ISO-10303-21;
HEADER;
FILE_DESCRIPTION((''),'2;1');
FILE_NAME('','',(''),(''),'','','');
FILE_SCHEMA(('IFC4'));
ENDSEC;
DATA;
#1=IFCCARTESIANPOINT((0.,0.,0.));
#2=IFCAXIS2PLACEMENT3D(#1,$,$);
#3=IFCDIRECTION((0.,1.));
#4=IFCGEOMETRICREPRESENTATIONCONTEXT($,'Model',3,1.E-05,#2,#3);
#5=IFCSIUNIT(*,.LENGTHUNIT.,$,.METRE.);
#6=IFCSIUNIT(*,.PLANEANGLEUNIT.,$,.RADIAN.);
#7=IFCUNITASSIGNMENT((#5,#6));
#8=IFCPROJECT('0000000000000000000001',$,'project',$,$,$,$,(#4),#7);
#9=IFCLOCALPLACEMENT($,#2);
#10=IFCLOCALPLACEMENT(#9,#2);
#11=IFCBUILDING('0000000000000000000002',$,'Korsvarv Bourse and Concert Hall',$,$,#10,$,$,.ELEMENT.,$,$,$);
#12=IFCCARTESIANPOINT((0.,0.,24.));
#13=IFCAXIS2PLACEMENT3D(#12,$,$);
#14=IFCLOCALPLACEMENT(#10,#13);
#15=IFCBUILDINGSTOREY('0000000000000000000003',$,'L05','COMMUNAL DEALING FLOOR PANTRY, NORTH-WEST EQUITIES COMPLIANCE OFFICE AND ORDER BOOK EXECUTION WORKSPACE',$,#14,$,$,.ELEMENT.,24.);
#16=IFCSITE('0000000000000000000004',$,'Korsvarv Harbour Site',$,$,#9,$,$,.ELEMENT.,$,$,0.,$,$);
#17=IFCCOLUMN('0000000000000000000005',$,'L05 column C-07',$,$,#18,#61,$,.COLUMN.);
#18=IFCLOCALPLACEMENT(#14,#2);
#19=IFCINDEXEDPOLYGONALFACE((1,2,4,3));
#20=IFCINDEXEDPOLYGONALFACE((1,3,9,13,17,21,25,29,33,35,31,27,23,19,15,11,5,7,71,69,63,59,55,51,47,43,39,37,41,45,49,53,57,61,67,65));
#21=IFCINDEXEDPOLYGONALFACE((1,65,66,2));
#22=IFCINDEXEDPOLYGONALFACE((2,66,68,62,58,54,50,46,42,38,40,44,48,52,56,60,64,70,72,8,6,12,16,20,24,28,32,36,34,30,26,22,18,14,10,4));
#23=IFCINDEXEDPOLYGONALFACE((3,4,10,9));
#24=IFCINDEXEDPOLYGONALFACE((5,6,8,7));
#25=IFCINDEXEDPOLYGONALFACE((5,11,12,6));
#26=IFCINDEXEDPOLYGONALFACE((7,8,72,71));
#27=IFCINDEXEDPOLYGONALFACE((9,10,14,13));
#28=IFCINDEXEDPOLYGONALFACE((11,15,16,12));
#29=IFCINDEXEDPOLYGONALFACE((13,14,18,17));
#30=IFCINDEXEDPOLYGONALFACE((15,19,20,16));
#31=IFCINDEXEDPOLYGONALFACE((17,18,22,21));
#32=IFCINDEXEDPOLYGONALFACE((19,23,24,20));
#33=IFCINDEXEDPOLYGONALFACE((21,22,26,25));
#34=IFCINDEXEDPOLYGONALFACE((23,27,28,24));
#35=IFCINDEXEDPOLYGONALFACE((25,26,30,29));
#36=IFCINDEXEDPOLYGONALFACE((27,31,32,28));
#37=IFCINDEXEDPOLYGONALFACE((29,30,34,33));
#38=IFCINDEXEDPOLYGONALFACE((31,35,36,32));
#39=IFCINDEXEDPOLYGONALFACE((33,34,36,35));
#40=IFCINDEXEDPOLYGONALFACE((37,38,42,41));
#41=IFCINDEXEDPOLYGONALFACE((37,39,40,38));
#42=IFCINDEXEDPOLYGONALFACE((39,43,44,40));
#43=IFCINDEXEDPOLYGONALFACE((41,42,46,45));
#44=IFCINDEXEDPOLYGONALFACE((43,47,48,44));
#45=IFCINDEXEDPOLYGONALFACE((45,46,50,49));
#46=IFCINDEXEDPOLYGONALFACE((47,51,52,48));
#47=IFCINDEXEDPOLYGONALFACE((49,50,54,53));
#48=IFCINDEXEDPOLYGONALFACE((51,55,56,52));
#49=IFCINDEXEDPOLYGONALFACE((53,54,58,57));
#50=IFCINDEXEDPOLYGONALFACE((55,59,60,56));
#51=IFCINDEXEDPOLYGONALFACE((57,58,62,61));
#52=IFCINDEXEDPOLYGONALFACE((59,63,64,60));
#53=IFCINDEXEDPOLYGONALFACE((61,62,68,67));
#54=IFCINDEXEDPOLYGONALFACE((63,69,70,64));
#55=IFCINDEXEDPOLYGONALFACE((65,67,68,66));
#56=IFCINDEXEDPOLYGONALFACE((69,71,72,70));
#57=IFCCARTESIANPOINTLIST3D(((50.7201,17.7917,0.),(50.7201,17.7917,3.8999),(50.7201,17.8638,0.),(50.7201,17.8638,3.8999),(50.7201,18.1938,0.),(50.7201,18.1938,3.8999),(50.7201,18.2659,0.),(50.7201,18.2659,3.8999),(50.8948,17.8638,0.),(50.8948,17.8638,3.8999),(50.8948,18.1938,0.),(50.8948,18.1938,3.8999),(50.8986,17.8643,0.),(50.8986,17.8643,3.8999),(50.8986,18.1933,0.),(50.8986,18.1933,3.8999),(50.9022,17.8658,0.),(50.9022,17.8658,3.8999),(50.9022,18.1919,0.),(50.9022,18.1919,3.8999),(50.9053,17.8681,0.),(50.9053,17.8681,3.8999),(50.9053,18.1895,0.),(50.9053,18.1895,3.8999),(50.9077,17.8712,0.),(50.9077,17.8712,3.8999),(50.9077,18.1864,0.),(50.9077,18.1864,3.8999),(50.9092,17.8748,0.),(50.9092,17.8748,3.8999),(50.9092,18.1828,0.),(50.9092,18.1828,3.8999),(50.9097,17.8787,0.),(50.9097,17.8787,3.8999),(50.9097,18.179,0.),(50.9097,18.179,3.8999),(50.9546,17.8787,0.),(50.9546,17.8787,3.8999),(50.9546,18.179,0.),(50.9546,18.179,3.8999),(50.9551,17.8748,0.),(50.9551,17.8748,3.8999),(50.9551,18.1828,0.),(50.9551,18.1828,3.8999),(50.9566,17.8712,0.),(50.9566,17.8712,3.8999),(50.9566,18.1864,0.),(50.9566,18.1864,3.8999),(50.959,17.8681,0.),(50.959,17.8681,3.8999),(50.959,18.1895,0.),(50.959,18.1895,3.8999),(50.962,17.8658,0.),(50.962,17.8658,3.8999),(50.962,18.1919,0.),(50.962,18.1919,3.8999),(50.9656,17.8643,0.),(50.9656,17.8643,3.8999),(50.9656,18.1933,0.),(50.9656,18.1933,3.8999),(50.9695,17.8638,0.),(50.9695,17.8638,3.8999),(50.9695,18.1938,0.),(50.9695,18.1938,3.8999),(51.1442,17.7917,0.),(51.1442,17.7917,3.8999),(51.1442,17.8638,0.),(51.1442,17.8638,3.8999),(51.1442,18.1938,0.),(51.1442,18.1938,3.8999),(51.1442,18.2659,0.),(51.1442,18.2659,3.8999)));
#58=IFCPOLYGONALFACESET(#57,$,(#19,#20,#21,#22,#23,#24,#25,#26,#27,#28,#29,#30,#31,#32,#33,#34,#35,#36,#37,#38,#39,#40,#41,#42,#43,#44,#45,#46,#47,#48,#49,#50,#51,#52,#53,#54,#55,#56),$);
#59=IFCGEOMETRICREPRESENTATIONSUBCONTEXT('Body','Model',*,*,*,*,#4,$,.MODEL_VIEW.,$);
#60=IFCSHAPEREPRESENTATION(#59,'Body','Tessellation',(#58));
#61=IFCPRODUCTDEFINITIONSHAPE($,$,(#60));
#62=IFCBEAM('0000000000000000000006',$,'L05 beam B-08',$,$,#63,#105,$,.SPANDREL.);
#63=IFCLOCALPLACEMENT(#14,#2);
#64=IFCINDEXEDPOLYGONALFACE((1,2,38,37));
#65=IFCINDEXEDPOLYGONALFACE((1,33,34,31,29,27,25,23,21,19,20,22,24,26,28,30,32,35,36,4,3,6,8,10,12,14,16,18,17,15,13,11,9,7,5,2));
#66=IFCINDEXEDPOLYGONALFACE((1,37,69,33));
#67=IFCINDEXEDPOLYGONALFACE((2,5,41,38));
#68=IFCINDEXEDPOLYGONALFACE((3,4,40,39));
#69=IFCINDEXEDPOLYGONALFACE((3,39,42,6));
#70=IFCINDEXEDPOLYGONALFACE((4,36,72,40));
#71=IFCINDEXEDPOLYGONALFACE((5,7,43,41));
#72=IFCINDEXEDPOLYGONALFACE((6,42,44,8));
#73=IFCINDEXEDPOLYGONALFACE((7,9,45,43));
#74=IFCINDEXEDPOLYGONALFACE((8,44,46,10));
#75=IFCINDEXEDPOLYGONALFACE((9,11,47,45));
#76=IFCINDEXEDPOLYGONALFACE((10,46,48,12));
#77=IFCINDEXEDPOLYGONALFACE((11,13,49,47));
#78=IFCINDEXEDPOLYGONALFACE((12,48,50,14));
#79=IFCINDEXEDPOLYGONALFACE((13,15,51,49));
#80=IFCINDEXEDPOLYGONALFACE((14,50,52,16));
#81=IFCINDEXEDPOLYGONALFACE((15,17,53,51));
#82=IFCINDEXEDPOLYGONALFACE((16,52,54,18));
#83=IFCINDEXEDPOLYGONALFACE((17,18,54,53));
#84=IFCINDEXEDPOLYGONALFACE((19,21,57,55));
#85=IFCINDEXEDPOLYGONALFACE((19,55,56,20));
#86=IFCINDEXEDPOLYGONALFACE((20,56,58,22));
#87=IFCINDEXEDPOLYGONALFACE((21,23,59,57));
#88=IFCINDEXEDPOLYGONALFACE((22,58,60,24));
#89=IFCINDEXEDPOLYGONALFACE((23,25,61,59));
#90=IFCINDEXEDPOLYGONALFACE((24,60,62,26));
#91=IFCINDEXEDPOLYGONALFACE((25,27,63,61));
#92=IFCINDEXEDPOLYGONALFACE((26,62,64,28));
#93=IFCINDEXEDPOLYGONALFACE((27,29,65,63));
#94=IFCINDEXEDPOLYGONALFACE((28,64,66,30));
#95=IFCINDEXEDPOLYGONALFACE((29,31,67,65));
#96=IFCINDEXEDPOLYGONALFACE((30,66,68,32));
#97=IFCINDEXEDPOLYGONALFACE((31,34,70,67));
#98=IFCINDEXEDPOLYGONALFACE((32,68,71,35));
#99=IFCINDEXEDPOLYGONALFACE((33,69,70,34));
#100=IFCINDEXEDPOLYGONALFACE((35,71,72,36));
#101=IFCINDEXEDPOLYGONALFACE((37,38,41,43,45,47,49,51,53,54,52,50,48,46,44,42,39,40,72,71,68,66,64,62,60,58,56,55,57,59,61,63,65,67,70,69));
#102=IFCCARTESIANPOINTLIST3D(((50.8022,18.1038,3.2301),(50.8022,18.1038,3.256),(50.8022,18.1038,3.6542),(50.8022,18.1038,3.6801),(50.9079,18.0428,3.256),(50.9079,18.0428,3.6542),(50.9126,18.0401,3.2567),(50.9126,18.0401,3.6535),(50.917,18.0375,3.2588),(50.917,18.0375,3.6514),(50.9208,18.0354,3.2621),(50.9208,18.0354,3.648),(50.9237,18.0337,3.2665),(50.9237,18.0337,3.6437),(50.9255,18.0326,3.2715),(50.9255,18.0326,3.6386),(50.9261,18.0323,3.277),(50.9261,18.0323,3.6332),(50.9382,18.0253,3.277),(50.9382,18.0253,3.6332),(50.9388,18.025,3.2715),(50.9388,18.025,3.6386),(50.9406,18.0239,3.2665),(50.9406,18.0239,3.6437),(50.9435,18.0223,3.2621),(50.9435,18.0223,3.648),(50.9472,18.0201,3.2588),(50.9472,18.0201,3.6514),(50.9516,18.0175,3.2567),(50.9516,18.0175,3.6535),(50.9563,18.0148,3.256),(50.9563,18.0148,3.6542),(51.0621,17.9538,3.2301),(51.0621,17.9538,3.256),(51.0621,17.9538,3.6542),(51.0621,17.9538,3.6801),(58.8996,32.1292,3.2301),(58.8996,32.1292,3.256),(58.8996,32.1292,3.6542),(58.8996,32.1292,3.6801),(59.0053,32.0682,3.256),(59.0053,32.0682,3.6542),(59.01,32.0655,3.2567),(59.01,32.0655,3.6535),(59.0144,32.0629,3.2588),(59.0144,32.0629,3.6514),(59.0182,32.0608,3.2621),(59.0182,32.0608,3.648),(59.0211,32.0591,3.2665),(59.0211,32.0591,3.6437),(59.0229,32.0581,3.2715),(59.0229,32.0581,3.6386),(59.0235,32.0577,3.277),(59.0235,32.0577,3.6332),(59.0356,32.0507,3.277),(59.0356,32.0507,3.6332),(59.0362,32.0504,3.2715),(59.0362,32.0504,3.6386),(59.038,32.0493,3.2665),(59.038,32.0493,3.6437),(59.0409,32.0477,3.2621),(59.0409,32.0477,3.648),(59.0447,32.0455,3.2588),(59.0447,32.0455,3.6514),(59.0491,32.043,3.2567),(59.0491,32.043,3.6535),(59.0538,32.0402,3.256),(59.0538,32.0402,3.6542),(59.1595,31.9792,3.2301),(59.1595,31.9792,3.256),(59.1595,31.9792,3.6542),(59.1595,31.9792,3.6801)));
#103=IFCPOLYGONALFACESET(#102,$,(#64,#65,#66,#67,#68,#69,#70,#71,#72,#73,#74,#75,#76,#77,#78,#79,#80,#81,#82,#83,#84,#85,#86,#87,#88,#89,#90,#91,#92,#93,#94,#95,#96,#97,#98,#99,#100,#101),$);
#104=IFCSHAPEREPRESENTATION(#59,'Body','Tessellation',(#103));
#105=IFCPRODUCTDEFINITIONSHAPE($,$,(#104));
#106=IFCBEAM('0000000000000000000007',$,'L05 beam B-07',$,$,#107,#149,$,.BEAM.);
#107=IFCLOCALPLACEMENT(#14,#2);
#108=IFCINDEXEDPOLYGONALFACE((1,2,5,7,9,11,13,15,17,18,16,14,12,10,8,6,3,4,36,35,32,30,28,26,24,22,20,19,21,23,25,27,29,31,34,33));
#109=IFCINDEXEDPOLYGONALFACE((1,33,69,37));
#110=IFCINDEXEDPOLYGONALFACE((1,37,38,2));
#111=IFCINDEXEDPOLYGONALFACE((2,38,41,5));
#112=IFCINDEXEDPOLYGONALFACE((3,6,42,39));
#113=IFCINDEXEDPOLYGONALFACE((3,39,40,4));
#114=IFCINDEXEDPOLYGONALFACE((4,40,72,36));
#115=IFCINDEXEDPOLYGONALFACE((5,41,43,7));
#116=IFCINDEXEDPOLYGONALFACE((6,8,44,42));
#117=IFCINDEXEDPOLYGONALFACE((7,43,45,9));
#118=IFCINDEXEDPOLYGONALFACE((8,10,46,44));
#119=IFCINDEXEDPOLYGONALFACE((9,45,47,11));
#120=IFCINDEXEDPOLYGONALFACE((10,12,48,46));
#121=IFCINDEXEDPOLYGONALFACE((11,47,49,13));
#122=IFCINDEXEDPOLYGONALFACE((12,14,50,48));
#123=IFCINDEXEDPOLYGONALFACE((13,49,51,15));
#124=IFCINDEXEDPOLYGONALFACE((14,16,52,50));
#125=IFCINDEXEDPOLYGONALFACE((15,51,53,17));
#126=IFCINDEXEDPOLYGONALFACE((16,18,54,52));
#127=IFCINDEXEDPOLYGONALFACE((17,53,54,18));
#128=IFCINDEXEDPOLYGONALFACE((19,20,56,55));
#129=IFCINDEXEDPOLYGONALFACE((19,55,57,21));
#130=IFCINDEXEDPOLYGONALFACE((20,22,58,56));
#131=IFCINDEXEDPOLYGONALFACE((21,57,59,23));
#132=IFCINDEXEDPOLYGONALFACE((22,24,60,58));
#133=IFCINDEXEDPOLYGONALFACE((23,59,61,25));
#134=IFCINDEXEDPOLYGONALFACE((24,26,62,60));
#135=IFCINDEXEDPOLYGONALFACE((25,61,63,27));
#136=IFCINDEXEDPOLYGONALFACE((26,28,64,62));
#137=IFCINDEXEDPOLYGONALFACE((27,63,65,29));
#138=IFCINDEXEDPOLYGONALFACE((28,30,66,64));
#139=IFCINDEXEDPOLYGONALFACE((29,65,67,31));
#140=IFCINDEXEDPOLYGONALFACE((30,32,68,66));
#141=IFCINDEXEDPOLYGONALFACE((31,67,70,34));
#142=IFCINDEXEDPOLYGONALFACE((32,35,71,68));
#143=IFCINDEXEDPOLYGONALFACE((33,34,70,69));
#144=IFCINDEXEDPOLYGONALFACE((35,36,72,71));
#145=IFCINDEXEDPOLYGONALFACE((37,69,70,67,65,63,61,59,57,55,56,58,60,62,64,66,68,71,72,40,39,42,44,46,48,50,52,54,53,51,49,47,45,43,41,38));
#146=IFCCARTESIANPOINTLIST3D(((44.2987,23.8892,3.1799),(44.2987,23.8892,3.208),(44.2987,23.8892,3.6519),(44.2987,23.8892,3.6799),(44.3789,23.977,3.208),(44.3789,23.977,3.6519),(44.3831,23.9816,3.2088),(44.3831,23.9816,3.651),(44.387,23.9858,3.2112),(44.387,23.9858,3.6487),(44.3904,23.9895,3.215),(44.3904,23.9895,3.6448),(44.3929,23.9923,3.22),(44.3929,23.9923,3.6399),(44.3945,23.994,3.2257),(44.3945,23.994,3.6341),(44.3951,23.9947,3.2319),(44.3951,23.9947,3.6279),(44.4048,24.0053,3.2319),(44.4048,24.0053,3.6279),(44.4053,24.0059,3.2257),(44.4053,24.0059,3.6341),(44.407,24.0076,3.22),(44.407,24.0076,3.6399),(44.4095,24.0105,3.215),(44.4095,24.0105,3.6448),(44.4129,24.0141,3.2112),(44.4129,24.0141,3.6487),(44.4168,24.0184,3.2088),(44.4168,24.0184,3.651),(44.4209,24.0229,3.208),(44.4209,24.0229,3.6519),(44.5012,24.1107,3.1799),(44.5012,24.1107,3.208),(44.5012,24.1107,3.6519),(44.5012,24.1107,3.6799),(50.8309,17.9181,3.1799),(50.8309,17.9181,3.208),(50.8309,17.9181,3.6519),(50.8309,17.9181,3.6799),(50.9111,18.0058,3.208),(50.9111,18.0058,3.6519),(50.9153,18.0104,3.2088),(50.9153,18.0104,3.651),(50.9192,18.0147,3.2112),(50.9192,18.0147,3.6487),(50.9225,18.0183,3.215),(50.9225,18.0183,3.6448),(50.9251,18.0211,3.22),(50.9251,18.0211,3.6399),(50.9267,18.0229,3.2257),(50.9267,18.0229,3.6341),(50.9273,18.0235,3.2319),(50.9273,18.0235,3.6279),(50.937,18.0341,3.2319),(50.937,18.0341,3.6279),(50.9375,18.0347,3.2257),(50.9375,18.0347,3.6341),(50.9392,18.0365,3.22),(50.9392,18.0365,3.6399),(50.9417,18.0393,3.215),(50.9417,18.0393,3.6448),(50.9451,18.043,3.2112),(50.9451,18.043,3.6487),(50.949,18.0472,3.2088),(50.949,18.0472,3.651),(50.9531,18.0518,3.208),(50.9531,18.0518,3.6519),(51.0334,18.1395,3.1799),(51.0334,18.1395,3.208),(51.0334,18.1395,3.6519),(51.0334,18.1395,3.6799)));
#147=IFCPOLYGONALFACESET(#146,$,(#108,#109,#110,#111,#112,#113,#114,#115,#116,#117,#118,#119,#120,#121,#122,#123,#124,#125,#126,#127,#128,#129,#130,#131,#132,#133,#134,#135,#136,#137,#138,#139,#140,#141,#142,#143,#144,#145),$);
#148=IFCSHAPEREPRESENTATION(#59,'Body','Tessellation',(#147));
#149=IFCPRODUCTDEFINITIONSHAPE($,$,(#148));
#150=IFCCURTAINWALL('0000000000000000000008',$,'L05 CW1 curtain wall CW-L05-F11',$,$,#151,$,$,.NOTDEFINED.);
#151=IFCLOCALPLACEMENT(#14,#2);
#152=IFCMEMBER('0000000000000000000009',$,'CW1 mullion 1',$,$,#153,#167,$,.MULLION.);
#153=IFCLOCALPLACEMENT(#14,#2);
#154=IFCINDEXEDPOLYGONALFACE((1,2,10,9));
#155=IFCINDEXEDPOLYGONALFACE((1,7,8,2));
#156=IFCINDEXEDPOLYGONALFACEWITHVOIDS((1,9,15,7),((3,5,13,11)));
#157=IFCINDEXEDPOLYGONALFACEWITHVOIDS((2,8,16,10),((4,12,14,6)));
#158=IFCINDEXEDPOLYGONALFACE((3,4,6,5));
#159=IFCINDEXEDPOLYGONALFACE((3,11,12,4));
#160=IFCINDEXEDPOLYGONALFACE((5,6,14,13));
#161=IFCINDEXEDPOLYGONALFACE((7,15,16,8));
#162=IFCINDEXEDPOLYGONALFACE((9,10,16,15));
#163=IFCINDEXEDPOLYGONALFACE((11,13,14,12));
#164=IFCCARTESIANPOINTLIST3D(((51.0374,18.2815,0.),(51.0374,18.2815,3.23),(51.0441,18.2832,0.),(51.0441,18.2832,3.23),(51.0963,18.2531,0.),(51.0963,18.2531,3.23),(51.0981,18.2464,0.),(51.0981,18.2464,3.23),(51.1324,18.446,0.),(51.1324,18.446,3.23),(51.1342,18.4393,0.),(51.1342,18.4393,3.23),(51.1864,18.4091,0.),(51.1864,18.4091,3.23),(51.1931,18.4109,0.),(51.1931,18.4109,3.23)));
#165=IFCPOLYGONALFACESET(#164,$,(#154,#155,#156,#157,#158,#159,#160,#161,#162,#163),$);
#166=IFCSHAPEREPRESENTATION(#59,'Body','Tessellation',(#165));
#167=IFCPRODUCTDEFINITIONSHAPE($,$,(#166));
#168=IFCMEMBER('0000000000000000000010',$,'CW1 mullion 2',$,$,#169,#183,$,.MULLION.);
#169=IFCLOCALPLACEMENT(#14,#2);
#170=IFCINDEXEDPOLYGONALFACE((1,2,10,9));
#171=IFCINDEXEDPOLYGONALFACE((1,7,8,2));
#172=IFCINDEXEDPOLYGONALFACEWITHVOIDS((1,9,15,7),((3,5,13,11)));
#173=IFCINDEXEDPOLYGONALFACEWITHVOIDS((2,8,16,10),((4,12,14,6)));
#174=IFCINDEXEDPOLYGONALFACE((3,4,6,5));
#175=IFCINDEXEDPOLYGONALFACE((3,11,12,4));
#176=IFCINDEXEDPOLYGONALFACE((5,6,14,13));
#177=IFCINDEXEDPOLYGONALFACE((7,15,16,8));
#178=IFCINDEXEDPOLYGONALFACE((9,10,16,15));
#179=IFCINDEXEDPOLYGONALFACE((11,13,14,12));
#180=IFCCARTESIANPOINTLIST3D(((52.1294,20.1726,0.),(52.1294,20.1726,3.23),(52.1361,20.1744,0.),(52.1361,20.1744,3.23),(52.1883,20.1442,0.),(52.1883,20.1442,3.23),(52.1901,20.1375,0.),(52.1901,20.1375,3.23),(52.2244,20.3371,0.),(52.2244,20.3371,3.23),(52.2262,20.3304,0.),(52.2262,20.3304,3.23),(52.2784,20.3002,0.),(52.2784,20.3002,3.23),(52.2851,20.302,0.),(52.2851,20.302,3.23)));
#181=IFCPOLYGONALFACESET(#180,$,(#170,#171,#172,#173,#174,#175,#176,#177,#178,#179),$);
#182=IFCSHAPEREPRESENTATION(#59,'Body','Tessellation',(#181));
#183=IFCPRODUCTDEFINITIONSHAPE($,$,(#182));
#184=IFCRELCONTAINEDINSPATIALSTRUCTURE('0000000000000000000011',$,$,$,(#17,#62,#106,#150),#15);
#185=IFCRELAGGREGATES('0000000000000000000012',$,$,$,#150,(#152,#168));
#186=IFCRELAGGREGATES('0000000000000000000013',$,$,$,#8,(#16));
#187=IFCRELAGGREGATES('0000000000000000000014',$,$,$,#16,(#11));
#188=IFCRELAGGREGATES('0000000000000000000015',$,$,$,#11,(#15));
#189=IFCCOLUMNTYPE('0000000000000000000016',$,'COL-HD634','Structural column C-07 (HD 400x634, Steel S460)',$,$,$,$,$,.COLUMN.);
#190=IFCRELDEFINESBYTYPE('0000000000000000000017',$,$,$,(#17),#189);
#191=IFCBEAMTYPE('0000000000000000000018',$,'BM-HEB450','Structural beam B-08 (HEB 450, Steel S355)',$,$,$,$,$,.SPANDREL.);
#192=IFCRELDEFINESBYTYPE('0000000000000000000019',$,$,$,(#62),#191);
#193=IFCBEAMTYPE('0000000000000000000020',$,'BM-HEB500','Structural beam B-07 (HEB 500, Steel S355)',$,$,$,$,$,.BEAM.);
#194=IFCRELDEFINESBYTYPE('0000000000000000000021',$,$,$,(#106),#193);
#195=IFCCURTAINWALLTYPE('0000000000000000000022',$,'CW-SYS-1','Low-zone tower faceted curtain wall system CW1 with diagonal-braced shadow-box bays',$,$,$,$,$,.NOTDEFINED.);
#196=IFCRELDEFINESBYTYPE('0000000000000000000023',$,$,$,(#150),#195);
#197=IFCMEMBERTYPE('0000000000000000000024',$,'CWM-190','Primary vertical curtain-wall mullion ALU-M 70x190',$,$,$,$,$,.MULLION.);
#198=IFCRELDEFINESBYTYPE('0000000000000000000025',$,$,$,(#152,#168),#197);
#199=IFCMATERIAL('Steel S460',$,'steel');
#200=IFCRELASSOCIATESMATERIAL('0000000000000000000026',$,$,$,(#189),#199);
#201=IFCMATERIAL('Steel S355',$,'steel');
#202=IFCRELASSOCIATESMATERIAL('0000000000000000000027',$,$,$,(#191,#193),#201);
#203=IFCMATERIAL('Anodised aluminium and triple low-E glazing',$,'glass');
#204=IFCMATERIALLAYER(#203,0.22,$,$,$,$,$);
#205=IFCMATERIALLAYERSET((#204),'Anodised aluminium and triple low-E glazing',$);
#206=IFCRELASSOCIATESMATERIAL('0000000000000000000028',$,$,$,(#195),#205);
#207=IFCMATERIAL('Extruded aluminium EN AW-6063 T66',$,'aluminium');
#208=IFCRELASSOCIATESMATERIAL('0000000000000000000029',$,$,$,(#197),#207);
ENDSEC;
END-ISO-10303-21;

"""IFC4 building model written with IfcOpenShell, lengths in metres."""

from ifc_helpers import new_model, si_unit, direction, frame, origin, origin_2d, place, context, subcontext, project, spatial, hollow_rectangle, i_section, extrude, source, transform, mapped, material, layer, layer_set, material_profile, profile_set, type_object, element, aggregate, save


model = new_model("IFC4")

# Units and contexts
model_context = context("Model", 3, precision=1e-05, world=origin(), true_north=direction((0.0, 1.0)))
body_context = subcontext(model_context, "Body", "Model", "MODEL_VIEW")
ifc_project = project(units=[si_unit("LENGTHUNIT", "METRE"), si_unit("PLANEANGLEUNIT", "RADIAN")], contexts=[model_context])

# Site, building, storey
site_placement = place(None, origin())
site = spatial("IfcSite", under=ifc_project, at=site_placement, Name="Korsvarv Harbour Site", CompositionType="ELEMENT", RefElevation=0.0)
building_placement = place(site_placement, origin())
building = spatial("IfcBuilding", under=site, at=building_placement, Name="Korsvarv Bourse and Concert Hall", CompositionType="ELEMENT")
storey_placement = place(building_placement, frame((0.0, 0.0, 24.0)))
storey = spatial("IfcBuildingStorey", under=building, at=storey_placement, Name="L05", Description="COMMUNAL DEALING FLOOR PANTRY, NORTH-WEST EQUITIES COMPLIANCE OFFICE AND ORDER BOOK EXECUTION WORKSPACE", CompositionType="ELEMENT", Elevation=24.0)

# Column
ifc_material_1 = material(Name="Steel S460", Category="steel")
ifc_material_profile_1 = material_profile(ifc_material_1, i_section(OverallWidth=0.4241, OverallDepth=0.4741, WebThickness=0.0449, FlangeThickness=0.072, FilletRadius=0.0149, at=origin_2d()), Name="HD 400x634")
ifc_profile_set_1 = profile_set([ifc_material_profile_1], Name="Steel S460")
column_type = type_object("IfcColumnType", Name="COL-HD634", Description="Structural column C-07 (HD 400x634, Steel S460)", PredefinedType="COLUMN", material=ifc_profile_set_1)
shared_shape_1 = source(origin(), body_context, "Body", "SweptSolid", [
    extrude(i_section(OverallWidth=0.4241, OverallDepth=0.4741, WebThickness=0.0449, FlangeThickness=0.072, FilletRadius=0.0149, at=origin_2d()), origin(), (0.0, 0.0, 1.0), 3.8999),
])
column_placement = place(storey_placement, frame((50.9321, 18.0288, 0.0), z_axis=(0.0, 0.0, 1.0), x_axis=(1.0, 0.0, 0.0)))
element("IfcColumn", 1, at=column_placement, inside=storey, type_object=column_type, Name="L05 column C-07", PredefinedType="COLUMN", context=body_context, shape_type="MappedRepresentation", body=[
    mapped(shared_shape_1, transform((0.0, 0.0, 0.0), scale=1.0)),
])

# Beams
ifc_material_2 = material(Name="Steel S355", Category="steel")
ifc_material_profile_2 = material_profile(ifc_material_2, i_section(OverallWidth=0.3, OverallDepth=0.45, WebThickness=0.0139, FlangeThickness=0.0259, FilletRadius=0.021, at=origin_2d()), Name="HEB 450")
ifc_profile_set_2 = profile_set([ifc_material_profile_2], Name="Steel S355")
beam_type_1 = type_object("IfcBeamType", Name="BM-HEB450", Description="Structural beam B-08 (HEB 450, Steel S355)", PredefinedType="SPANDREL", material=ifc_profile_set_2)
shared_shape_2 = source(origin(), body_context, "Body", "SweptSolid", [
    extrude(i_section(OverallWidth=0.3, OverallDepth=0.45, WebThickness=0.0139, FlangeThickness=0.0259, FilletRadius=0.021, at=origin_2d()), origin(), (0.0, 0.0, 1.0), 16.1951),
])
beam_1_placement = place(storey_placement, frame((50.9321, 18.0288, 3.4551), z_axis=(0.499993, 0.866029, 0.0), x_axis=(-0.866029, 0.499993, 0.0)))
element("IfcBeam", 2, at=beam_1_placement, inside=storey, type_object=beam_type_1, Name="L05 beam B-08", PredefinedType="SPANDREL", context=body_context, shape_type="MappedRepresentation", body=[
    mapped(shared_shape_2, transform((0.0, 0.0, 0.0), scale=1.0)),
])
ifc_material_profile_3 = material_profile(ifc_material_2, i_section(OverallWidth=0.3, OverallDepth=0.5, WebThickness=0.0144, FlangeThickness=0.0281, FilletRadius=0.0239, at=origin_2d()), Name="HEB 500")
ifc_profile_set_3 = profile_set([ifc_material_profile_3], Name="Steel S355")
beam_type_2 = type_object("IfcBeamType", Name="BM-HEB500", Description="Structural beam B-07 (HEB 500, Steel S355)", PredefinedType="BEAM", material=ifc_profile_set_3)
shared_shape_3 = source(origin(), body_context, "Body", "SweptSolid", [
    extrude(i_section(OverallWidth=0.3, OverallDepth=0.5, WebThickness=0.0144, FlangeThickness=0.0281, FilletRadius=0.0239, at=origin_2d()), origin(), (0.0, 0.0, 1.0), 8.8501),
])
beam_2_placement = place(storey_placement, frame((50.9321, 18.0288, 3.4299), z_axis=(-0.738092, 0.6747, 0.0), x_axis=(-0.6747, -0.738092, 0.0)))
element("IfcBeam", 3, at=beam_2_placement, inside=storey, type_object=beam_type_2, Name="L05 beam B-07", PredefinedType="BEAM", context=body_context, shape_type="MappedRepresentation", body=[
    mapped(shared_shape_3, transform((0.0, 0.0, 0.0), scale=1.0)),
])

# Curtain wall, members
ifc_material_3 = material(Name="Anodised aluminium and triple low-E glazing", Category="glass")
ifc_layer_1 = layer(ifc_material_3, 0.22)
ifc_layer_set_1 = layer_set([ifc_layer_1], Name="Anodised aluminium and triple low-E glazing")
curtain_wall_type = type_object("IfcCurtainWallType", Name="CW-SYS-1", Description="Low-zone tower faceted curtain wall system CW1 with diagonal-braced shadow-box bays", PredefinedType="NOTDEFINED", material=ifc_layer_set_1)
curtain_wall_placement = place(storey_placement, origin())
curtain_wall = element("IfcCurtainWall", 4, at=curtain_wall_placement, inside=storey, type_object=curtain_wall_type, Name="L05 CW1 curtain wall CW-L05-F11", PredefinedType="NOTDEFINED")
ifc_material_4 = material(Name="Extruded aluminium EN AW-6063 T66", Category="aluminium")
ifc_material_profile_4 = material_profile(ifc_material_4, hollow_rectangle(XDim=0.0701, YDim=0.1899, WallThickness=0.0049, at=origin_2d()), Name="ALU-M 70x190")
ifc_profile_set_4 = profile_set([ifc_material_profile_4], Name="Extruded aluminium EN AW-6063 T66")
member_type_1 = type_object("IfcMemberType", Name="CWM-190", Description="Primary vertical curtain-wall mullion ALU-M 70x190", PredefinedType="MULLION", material=ifc_profile_set_4)
shared_shape_4 = source(origin(), body_context, "Body", "SweptSolid", [
    extrude(hollow_rectangle(XDim=0.0701, YDim=0.1899, WallThickness=0.0049, at=origin_2d()), origin(), (0.0, 0.0, 1.0), 3.23),
])
member_1_placement = place(storey_placement, frame((51.1152, 18.3462, 0.0), z_axis=(0.0, 0.0, 1.0), x_axis=(-0.866029, 0.499995, 0.0)))
member_1 = element("IfcMember", 5, at=member_1_placement, type_object=member_type_1, Name="CW1 mullion 1", PredefinedType="MULLION", context=body_context, shape_type="MappedRepresentation", body=[
    mapped(shared_shape_4, transform((0.0, 0.0, 0.0), scale=1.0)),
])
member_2_placement = place(storey_placement, frame((52.2073, 20.2373, 0.0), z_axis=(0.0, 0.0, 1.0), x_axis=(-0.866029, 0.499995, 0.0)))
member_2 = element("IfcMember", 6, at=member_2_placement, type_object=member_type_1, Name="CW1 mullion 2", PredefinedType="MULLION", context=body_context, shape_type="MappedRepresentation", body=[
    mapped(shared_shape_4, transform((0.0, 0.0, 0.0), scale=1.0)),
])
aggregate(curtain_wall, [member_1, member_2])

save(model, "model.ifc")
